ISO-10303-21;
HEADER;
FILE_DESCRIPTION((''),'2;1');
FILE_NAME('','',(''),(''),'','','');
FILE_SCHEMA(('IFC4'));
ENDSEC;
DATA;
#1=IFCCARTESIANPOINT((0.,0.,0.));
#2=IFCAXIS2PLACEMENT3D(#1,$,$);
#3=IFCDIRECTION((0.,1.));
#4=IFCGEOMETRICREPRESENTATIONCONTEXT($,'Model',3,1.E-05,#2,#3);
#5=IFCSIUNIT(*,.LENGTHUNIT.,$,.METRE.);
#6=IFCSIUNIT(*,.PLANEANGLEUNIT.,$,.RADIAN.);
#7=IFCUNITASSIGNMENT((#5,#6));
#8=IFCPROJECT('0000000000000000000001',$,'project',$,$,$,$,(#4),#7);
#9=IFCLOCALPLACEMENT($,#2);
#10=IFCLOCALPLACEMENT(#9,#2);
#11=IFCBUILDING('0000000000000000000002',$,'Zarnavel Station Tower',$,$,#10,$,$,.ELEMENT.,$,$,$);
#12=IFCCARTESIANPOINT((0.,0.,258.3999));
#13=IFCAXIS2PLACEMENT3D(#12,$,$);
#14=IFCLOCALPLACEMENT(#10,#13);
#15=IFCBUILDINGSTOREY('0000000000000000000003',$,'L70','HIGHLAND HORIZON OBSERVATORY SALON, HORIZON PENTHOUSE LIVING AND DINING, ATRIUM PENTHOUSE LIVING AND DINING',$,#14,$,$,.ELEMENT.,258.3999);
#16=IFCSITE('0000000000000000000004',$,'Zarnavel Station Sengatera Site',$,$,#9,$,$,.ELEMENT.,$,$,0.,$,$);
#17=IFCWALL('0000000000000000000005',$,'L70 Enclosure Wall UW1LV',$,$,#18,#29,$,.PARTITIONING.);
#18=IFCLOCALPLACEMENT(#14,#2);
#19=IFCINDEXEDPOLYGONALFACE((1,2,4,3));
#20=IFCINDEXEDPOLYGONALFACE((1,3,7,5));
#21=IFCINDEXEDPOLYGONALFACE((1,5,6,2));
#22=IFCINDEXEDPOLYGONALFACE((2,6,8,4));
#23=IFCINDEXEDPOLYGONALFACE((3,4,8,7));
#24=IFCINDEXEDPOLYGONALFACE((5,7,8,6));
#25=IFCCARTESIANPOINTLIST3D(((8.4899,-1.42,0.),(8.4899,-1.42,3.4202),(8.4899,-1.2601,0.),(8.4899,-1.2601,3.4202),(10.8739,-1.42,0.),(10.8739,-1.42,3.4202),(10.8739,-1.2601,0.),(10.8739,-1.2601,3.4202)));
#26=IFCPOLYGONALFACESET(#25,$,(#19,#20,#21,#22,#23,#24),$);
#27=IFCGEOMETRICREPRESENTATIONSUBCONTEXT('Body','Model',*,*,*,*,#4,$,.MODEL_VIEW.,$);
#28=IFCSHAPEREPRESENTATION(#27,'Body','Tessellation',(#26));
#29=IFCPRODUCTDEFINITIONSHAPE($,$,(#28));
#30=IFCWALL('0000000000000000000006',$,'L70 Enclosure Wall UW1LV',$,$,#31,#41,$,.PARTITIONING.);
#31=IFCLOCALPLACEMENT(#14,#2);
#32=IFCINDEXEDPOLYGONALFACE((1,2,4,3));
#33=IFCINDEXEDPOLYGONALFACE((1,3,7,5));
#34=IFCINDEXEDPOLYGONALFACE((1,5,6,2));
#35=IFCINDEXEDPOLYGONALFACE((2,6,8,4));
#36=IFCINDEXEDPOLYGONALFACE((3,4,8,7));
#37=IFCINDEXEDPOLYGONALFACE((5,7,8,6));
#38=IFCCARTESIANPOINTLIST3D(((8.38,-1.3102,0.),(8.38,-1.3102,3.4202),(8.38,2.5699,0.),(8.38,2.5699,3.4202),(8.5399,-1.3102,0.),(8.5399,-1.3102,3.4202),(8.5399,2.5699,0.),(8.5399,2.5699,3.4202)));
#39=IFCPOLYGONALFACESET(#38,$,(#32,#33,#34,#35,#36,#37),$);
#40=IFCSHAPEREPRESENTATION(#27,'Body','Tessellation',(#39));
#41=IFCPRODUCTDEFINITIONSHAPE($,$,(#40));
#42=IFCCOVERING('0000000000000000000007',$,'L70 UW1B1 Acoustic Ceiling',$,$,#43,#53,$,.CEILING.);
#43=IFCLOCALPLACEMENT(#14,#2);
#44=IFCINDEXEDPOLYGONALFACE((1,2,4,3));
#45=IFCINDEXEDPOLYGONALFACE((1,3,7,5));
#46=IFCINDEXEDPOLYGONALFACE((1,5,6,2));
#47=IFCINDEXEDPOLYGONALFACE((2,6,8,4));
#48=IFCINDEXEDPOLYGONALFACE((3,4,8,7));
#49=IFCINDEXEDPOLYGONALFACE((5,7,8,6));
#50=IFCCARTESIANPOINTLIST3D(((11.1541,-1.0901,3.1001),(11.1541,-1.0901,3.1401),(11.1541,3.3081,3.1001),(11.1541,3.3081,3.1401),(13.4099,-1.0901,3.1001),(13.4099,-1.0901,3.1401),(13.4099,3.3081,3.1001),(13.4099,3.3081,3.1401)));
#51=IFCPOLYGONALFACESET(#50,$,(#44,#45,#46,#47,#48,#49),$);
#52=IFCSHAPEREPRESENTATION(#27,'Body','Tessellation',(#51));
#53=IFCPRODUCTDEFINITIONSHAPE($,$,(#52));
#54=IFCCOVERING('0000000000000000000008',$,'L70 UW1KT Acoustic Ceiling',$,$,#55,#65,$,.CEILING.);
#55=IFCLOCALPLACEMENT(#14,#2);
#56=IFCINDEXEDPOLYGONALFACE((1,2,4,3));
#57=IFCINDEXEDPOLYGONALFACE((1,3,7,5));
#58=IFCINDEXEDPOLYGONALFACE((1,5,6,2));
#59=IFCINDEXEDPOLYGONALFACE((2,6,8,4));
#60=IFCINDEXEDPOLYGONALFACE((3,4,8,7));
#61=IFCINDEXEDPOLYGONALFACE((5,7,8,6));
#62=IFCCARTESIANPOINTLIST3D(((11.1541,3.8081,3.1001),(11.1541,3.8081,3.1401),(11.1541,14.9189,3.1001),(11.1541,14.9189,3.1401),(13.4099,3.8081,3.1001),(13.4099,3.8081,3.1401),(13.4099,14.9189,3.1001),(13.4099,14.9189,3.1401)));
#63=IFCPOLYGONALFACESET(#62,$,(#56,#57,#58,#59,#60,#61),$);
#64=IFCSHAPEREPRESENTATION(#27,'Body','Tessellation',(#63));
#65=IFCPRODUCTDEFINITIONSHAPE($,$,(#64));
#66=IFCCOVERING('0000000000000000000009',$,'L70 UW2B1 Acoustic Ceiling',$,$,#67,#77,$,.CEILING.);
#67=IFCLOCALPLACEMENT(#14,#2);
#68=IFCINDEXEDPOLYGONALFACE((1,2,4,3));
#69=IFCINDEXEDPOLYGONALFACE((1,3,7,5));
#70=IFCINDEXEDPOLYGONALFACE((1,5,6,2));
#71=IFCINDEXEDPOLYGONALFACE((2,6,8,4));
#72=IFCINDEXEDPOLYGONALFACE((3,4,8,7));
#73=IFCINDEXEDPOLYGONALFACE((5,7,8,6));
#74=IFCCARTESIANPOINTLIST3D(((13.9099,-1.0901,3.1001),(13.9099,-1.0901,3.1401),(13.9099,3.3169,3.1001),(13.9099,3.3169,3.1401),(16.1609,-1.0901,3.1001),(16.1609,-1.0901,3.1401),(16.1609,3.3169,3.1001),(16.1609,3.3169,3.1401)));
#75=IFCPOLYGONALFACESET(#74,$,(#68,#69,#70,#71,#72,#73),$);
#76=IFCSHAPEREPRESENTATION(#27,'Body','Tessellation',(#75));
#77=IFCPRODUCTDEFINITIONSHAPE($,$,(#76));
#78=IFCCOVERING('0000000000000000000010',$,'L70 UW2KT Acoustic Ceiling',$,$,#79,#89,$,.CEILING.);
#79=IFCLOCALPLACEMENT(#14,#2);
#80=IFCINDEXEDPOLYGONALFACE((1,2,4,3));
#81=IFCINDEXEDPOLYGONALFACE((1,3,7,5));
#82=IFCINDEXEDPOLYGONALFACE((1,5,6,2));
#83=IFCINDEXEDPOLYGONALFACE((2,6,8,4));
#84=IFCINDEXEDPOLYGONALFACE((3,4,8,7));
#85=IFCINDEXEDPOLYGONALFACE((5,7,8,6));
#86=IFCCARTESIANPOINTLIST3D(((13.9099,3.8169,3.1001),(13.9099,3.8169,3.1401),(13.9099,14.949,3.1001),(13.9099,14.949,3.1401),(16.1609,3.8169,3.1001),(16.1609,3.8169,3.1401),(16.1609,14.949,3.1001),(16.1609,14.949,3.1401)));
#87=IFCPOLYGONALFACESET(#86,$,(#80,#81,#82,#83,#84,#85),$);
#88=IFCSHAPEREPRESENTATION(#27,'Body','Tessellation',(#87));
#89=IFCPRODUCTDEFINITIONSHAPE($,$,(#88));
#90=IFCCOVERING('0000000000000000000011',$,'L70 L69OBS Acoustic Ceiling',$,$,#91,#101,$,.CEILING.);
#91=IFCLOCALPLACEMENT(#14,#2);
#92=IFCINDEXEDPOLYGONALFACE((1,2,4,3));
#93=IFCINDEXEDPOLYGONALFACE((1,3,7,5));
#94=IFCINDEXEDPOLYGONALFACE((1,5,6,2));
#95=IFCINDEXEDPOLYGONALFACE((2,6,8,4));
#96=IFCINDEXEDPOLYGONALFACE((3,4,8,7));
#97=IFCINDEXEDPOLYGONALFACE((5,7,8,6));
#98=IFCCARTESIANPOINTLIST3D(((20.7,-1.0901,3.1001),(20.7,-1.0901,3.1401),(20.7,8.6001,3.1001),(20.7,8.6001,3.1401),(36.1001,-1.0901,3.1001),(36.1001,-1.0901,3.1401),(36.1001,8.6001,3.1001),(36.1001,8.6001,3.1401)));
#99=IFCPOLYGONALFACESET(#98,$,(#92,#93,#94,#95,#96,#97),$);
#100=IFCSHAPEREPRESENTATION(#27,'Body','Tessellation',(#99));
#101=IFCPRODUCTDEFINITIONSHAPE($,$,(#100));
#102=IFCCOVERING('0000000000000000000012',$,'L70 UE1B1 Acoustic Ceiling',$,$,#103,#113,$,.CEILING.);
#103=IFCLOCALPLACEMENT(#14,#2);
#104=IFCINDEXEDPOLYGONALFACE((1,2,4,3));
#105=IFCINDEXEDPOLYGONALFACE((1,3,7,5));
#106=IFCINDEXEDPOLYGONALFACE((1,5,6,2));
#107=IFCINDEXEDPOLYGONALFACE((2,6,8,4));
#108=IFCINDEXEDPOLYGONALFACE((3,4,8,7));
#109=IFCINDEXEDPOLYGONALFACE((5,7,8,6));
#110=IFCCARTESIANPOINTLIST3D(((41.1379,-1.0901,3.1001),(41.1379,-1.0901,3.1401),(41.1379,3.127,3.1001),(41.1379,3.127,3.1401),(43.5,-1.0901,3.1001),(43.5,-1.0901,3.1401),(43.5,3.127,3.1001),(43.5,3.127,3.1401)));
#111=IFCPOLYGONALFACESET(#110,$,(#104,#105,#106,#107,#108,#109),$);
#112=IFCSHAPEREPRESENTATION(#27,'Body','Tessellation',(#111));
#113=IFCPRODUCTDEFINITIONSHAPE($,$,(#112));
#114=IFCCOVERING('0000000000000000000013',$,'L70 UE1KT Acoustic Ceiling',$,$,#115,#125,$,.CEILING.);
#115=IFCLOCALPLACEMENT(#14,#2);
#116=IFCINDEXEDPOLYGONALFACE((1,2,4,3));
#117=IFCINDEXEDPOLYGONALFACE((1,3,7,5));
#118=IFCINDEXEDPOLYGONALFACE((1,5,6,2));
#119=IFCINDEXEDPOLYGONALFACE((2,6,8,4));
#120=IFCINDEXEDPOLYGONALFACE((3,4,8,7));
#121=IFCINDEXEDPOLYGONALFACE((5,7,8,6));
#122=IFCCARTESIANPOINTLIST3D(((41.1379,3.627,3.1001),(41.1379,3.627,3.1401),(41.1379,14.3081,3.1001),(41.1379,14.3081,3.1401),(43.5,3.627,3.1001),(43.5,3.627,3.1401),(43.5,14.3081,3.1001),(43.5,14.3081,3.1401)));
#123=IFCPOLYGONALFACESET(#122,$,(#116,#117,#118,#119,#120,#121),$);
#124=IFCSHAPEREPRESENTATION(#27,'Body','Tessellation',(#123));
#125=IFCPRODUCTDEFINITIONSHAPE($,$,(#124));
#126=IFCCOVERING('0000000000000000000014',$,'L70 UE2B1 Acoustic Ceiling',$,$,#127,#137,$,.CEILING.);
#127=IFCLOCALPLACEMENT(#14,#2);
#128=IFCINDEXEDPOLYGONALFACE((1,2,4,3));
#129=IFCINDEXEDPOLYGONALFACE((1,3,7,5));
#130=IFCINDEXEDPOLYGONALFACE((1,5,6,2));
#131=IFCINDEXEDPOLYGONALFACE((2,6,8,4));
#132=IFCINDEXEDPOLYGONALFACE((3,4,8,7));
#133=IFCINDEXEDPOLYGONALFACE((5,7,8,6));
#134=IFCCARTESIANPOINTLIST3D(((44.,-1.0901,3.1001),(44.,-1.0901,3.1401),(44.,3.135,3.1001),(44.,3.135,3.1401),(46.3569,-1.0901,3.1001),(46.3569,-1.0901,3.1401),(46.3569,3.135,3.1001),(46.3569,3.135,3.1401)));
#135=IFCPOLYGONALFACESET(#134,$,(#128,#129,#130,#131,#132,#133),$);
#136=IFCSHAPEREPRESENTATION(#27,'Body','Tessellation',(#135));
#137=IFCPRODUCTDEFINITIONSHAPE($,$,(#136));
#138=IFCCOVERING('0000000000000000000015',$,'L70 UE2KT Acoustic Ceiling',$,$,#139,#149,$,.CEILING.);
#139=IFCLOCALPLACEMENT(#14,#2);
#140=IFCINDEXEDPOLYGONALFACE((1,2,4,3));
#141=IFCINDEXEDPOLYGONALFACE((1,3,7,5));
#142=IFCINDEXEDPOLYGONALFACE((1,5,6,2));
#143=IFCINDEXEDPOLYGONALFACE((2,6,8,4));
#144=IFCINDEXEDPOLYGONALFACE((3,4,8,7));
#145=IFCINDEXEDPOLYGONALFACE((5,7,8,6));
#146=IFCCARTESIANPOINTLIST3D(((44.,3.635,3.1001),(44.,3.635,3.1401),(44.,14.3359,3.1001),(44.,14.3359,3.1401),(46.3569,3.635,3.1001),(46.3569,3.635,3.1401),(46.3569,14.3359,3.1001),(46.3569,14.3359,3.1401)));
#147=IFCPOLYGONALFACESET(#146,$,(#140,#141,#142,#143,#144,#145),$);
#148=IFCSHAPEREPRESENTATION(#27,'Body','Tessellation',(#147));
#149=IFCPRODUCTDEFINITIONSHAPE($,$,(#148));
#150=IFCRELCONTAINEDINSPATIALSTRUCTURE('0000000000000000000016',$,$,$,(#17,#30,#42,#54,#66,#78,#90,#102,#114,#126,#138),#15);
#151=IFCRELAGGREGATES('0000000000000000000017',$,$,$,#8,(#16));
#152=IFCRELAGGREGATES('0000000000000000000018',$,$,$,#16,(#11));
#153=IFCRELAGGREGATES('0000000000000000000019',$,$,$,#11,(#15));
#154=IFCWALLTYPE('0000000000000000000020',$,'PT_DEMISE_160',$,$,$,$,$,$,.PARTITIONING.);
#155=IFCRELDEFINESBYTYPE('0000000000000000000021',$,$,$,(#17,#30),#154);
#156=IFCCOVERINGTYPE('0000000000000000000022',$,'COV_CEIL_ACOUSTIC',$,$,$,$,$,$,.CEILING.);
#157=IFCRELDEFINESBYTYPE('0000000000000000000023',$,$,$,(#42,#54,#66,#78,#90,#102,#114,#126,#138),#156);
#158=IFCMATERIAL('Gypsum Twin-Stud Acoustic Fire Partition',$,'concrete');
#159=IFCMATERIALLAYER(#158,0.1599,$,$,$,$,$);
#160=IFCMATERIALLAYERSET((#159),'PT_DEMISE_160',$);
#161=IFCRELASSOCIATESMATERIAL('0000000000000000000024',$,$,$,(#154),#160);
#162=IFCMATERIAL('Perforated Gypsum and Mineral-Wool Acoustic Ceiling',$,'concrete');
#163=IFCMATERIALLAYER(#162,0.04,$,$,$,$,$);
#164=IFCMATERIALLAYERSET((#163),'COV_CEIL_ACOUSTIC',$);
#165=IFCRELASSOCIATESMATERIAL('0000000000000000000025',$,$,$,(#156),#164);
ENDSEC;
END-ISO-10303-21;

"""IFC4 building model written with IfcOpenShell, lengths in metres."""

from ifc_helpers import new_model, si_unit, direction, frame, frame_2d, origin, place, context, subcontext, project, spatial, polyline, rectangle, outline, extrude, material, layer, layer_set, type_object, element, save


model = new_model("IFC4")

# Units and contexts
model_context = context("Model", 3, precision=1e-05, world=origin(), true_north=direction((0.0, 1.0)))
body_context = subcontext(model_context, "Body", "Model", "MODEL_VIEW")
ifc_project = project(units=[si_unit("LENGTHUNIT", "METRE"), si_unit("PLANEANGLEUNIT", "RADIAN")], contexts=[model_context])

# Site, building, storey
site_placement = place(None, origin())
site = spatial("IfcSite", under=ifc_project, at=site_placement, Name="Zarnavel Station Sengatera Site", CompositionType="ELEMENT", RefElevation=0.0)
building_placement = place(site_placement, origin())
building = spatial("IfcBuilding", under=site, at=building_placement, Name="Zarnavel Station Tower", CompositionType="ELEMENT")
storey_placement = place(building_placement, frame((0.0, 0.0, 258.3999)))
storey = spatial("IfcBuildingStorey", under=building, at=storey_placement, Name="L70", Description="HIGHLAND HORIZON OBSERVATORY SALON, HORIZON PENTHOUSE LIVING AND DINING, ATRIUM PENTHOUSE LIVING AND DINING", CompositionType="ELEMENT", Elevation=258.3999)

# Walls
ifc_material_1 = material(Name="Gypsum Twin-Stud Acoustic Fire Partition", Category="concrete")
ifc_layer_1 = layer(ifc_material_1, 0.1599)
ifc_layer_set_1 = layer_set([ifc_layer_1], Name="PT_DEMISE_160")
wall_type_1 = type_object("IfcWallType", Name="PT_DEMISE_160", PredefinedType="PARTITIONING", material=ifc_layer_set_1)
wall_1_placement = place(storey_placement, frame((8.49, -1.3401, 0.0), z_axis=(0.0, 0.0, 1.0), x_axis=(1.0, 0.0, 0.0)))
element("IfcWall", 1, at=wall_1_placement, inside=storey, type_object=wall_type_1, Name="L70 Enclosure Wall UW1LV", PredefinedType="PARTITIONING", context=body_context, shape_type="SweptSolid", body=[
    extrude(rectangle(XDim=2.384, YDim=0.1599, at=frame_2d((1.1919, 0.0))), origin(), (0.0, 0.0, 1.0), 3.4202),
])
wall_2_placement = place(storey_placement, frame((8.46, -1.3101, 0.0), z_axis=(0.0, 0.0, 1.0), x_axis=(0.0, 1.0, 0.0)))
element("IfcWall", 2, at=wall_2_placement, inside=storey, type_object=wall_type_1, Name="L70 Enclosure Wall UW1LV", PredefinedType="PARTITIONING", context=body_context, shape_type="SweptSolid", body=[
    extrude(rectangle(XDim=3.8801, YDim=0.1599, at=frame_2d((1.9399, 0.0))), origin(), (0.0, 0.0, 1.0), 3.4202),
])

# Coverings
ifc_material_2 = material(Name="Perforated Gypsum and Mineral-Wool Acoustic Ceiling", Category="concrete")
ifc_layer_2 = layer(ifc_material_2, 0.04)
ifc_layer_set_2 = layer_set([ifc_layer_2], Name="COV_CEIL_ACOUSTIC")
covering_type_1 = type_object("IfcCoveringType", Name="COV_CEIL_ACOUSTIC", PredefinedType="CEILING", material=ifc_layer_set_2)
covering_1_placement = place(storey_placement, frame((0.0, 0.0, 3.1001)))
element("IfcCovering", 3, at=covering_1_placement, inside=storey, type_object=covering_type_1, Name="L70 UW1B1 Acoustic Ceiling", PredefinedType="CEILING", context=body_context, shape_type="SweptSolid", body=[
    extrude(outline(polyline([(11.1541, -1.0901), (13.4099, -1.0901), (13.4099, 3.3081), (11.1541, 3.3081), (11.1541, -1.0901)])), origin(), (0.0, 0.0, 1.0), 0.04),
])
covering_2_placement = place(storey_placement, frame((0.0, 0.0, 3.1001)))
element("IfcCovering", 4, at=covering_2_placement, inside=storey, type_object=covering_type_1, Name="L70 UW1KT Acoustic Ceiling", PredefinedType="CEILING", context=body_context, shape_type="SweptSolid", body=[
    extrude(outline(polyline([(11.1541, 3.8081), (13.4099, 3.8081), (13.4099, 14.9189), (11.1541, 14.9189), (11.1541, 3.8081)])), origin(), (0.0, 0.0, 1.0), 0.04),
])
covering_3_placement = place(storey_placement, frame((0.0, 0.0, 3.1001)))
element("IfcCovering", 5, at=covering_3_placement, inside=storey, type_object=covering_type_1, Name="L70 UW2B1 Acoustic Ceiling", PredefinedType="CEILING", context=body_context, shape_type="SweptSolid", body=[
    extrude(outline(polyline([(13.9099, -1.0901), (16.1609, -1.0901), (16.1609, 3.3169), (13.9099, 3.3169), (13.9099, -1.0901)])), origin(), (0.0, 0.0, 1.0), 0.04),
])
covering_4_placement = place(storey_placement, frame((0.0, 0.0, 3.1001)))
element("IfcCovering", 6, at=covering_4_placement, inside=storey, type_object=covering_type_1, Name="L70 UW2KT Acoustic Ceiling", PredefinedType="CEILING", context=body_context, shape_type="SweptSolid", body=[
    extrude(outline(polyline([(13.9099, 3.8169), (16.1609, 3.8169), (16.1609, 14.949), (13.9099, 14.949), (13.9099, 3.8169)])), origin(), (0.0, 0.0, 1.0), 0.04),
])
covering_5_placement = place(storey_placement, frame((0.0, 0.0, 3.1001)))
element("IfcCovering", 7, at=covering_5_placement, inside=storey, type_object=covering_type_1, Name="L70 L69OBS Acoustic Ceiling", PredefinedType="CEILING", context=body_context, shape_type="SweptSolid", body=[
    extrude(outline(polyline([(20.7, -1.0901), (36.1001, -1.0901), (36.1001, 8.6001), (20.7, 8.6001), (20.7, -1.0901)])), origin(), (0.0, 0.0, 1.0), 0.04),
])
covering_6_placement = place(storey_placement, frame((0.0, 0.0, 3.1001)))
element("IfcCovering", 8, at=covering_6_placement, inside=storey, type_object=covering_type_1, Name="L70 UE1B1 Acoustic Ceiling", PredefinedType="CEILING", context=body_context, shape_type="SweptSolid", body=[
    extrude(outline(polyline([(41.1379, -1.0901), (43.5, -1.0901), (43.5, 3.127), (41.1379, 3.127), (41.1379, -1.0901)])), origin(), (0.0, 0.0, 1.0), 0.04),
])
covering_7_placement = place(storey_placement, frame((0.0, 0.0, 3.1001)))
element("IfcCovering", 9, at=covering_7_placement, inside=storey, type_object=covering_type_1, Name="L70 UE1KT Acoustic Ceiling", PredefinedType="CEILING", context=body_context, shape_type="SweptSolid", body=[
    extrude(outline(polyline([(41.1379, 3.627), (43.5, 3.627), (43.5, 14.3081), (41.1379, 14.3081), (41.1379, 3.627)])), origin(), (0.0, 0.0, 1.0), 0.04),
])
covering_8_placement = place(storey_placement, frame((0.0, 0.0, 3.1001)))
element("IfcCovering", 10, at=covering_8_placement, inside=storey, type_object=covering_type_1, Name="L70 UE2B1 Acoustic Ceiling", PredefinedType="CEILING", context=body_context, shape_type="SweptSolid", body=[
    extrude(outline(polyline([(44.0, -1.0901), (46.3569, -1.0901), (46.3569, 3.135), (44.0, 3.135), (44.0, -1.0901)])), origin(), (0.0, 0.0, 1.0), 0.04),
])
covering_9_placement = place(storey_placement, frame((0.0, 0.0, 3.1001)))
element("IfcCovering", 11, at=covering_9_placement, inside=storey, type_object=covering_type_1, Name="L70 UE2KT Acoustic Ceiling", PredefinedType="CEILING", context=body_context, shape_type="SweptSolid", body=[
    extrude(outline(polyline([(44.0, 3.635), (46.3569, 3.635), (46.3569, 14.3359), (44.0, 14.3359), (44.0, 3.635)])), origin(), (0.0, 0.0, 1.0), 0.04),
])

save(model, "model.ifc")
